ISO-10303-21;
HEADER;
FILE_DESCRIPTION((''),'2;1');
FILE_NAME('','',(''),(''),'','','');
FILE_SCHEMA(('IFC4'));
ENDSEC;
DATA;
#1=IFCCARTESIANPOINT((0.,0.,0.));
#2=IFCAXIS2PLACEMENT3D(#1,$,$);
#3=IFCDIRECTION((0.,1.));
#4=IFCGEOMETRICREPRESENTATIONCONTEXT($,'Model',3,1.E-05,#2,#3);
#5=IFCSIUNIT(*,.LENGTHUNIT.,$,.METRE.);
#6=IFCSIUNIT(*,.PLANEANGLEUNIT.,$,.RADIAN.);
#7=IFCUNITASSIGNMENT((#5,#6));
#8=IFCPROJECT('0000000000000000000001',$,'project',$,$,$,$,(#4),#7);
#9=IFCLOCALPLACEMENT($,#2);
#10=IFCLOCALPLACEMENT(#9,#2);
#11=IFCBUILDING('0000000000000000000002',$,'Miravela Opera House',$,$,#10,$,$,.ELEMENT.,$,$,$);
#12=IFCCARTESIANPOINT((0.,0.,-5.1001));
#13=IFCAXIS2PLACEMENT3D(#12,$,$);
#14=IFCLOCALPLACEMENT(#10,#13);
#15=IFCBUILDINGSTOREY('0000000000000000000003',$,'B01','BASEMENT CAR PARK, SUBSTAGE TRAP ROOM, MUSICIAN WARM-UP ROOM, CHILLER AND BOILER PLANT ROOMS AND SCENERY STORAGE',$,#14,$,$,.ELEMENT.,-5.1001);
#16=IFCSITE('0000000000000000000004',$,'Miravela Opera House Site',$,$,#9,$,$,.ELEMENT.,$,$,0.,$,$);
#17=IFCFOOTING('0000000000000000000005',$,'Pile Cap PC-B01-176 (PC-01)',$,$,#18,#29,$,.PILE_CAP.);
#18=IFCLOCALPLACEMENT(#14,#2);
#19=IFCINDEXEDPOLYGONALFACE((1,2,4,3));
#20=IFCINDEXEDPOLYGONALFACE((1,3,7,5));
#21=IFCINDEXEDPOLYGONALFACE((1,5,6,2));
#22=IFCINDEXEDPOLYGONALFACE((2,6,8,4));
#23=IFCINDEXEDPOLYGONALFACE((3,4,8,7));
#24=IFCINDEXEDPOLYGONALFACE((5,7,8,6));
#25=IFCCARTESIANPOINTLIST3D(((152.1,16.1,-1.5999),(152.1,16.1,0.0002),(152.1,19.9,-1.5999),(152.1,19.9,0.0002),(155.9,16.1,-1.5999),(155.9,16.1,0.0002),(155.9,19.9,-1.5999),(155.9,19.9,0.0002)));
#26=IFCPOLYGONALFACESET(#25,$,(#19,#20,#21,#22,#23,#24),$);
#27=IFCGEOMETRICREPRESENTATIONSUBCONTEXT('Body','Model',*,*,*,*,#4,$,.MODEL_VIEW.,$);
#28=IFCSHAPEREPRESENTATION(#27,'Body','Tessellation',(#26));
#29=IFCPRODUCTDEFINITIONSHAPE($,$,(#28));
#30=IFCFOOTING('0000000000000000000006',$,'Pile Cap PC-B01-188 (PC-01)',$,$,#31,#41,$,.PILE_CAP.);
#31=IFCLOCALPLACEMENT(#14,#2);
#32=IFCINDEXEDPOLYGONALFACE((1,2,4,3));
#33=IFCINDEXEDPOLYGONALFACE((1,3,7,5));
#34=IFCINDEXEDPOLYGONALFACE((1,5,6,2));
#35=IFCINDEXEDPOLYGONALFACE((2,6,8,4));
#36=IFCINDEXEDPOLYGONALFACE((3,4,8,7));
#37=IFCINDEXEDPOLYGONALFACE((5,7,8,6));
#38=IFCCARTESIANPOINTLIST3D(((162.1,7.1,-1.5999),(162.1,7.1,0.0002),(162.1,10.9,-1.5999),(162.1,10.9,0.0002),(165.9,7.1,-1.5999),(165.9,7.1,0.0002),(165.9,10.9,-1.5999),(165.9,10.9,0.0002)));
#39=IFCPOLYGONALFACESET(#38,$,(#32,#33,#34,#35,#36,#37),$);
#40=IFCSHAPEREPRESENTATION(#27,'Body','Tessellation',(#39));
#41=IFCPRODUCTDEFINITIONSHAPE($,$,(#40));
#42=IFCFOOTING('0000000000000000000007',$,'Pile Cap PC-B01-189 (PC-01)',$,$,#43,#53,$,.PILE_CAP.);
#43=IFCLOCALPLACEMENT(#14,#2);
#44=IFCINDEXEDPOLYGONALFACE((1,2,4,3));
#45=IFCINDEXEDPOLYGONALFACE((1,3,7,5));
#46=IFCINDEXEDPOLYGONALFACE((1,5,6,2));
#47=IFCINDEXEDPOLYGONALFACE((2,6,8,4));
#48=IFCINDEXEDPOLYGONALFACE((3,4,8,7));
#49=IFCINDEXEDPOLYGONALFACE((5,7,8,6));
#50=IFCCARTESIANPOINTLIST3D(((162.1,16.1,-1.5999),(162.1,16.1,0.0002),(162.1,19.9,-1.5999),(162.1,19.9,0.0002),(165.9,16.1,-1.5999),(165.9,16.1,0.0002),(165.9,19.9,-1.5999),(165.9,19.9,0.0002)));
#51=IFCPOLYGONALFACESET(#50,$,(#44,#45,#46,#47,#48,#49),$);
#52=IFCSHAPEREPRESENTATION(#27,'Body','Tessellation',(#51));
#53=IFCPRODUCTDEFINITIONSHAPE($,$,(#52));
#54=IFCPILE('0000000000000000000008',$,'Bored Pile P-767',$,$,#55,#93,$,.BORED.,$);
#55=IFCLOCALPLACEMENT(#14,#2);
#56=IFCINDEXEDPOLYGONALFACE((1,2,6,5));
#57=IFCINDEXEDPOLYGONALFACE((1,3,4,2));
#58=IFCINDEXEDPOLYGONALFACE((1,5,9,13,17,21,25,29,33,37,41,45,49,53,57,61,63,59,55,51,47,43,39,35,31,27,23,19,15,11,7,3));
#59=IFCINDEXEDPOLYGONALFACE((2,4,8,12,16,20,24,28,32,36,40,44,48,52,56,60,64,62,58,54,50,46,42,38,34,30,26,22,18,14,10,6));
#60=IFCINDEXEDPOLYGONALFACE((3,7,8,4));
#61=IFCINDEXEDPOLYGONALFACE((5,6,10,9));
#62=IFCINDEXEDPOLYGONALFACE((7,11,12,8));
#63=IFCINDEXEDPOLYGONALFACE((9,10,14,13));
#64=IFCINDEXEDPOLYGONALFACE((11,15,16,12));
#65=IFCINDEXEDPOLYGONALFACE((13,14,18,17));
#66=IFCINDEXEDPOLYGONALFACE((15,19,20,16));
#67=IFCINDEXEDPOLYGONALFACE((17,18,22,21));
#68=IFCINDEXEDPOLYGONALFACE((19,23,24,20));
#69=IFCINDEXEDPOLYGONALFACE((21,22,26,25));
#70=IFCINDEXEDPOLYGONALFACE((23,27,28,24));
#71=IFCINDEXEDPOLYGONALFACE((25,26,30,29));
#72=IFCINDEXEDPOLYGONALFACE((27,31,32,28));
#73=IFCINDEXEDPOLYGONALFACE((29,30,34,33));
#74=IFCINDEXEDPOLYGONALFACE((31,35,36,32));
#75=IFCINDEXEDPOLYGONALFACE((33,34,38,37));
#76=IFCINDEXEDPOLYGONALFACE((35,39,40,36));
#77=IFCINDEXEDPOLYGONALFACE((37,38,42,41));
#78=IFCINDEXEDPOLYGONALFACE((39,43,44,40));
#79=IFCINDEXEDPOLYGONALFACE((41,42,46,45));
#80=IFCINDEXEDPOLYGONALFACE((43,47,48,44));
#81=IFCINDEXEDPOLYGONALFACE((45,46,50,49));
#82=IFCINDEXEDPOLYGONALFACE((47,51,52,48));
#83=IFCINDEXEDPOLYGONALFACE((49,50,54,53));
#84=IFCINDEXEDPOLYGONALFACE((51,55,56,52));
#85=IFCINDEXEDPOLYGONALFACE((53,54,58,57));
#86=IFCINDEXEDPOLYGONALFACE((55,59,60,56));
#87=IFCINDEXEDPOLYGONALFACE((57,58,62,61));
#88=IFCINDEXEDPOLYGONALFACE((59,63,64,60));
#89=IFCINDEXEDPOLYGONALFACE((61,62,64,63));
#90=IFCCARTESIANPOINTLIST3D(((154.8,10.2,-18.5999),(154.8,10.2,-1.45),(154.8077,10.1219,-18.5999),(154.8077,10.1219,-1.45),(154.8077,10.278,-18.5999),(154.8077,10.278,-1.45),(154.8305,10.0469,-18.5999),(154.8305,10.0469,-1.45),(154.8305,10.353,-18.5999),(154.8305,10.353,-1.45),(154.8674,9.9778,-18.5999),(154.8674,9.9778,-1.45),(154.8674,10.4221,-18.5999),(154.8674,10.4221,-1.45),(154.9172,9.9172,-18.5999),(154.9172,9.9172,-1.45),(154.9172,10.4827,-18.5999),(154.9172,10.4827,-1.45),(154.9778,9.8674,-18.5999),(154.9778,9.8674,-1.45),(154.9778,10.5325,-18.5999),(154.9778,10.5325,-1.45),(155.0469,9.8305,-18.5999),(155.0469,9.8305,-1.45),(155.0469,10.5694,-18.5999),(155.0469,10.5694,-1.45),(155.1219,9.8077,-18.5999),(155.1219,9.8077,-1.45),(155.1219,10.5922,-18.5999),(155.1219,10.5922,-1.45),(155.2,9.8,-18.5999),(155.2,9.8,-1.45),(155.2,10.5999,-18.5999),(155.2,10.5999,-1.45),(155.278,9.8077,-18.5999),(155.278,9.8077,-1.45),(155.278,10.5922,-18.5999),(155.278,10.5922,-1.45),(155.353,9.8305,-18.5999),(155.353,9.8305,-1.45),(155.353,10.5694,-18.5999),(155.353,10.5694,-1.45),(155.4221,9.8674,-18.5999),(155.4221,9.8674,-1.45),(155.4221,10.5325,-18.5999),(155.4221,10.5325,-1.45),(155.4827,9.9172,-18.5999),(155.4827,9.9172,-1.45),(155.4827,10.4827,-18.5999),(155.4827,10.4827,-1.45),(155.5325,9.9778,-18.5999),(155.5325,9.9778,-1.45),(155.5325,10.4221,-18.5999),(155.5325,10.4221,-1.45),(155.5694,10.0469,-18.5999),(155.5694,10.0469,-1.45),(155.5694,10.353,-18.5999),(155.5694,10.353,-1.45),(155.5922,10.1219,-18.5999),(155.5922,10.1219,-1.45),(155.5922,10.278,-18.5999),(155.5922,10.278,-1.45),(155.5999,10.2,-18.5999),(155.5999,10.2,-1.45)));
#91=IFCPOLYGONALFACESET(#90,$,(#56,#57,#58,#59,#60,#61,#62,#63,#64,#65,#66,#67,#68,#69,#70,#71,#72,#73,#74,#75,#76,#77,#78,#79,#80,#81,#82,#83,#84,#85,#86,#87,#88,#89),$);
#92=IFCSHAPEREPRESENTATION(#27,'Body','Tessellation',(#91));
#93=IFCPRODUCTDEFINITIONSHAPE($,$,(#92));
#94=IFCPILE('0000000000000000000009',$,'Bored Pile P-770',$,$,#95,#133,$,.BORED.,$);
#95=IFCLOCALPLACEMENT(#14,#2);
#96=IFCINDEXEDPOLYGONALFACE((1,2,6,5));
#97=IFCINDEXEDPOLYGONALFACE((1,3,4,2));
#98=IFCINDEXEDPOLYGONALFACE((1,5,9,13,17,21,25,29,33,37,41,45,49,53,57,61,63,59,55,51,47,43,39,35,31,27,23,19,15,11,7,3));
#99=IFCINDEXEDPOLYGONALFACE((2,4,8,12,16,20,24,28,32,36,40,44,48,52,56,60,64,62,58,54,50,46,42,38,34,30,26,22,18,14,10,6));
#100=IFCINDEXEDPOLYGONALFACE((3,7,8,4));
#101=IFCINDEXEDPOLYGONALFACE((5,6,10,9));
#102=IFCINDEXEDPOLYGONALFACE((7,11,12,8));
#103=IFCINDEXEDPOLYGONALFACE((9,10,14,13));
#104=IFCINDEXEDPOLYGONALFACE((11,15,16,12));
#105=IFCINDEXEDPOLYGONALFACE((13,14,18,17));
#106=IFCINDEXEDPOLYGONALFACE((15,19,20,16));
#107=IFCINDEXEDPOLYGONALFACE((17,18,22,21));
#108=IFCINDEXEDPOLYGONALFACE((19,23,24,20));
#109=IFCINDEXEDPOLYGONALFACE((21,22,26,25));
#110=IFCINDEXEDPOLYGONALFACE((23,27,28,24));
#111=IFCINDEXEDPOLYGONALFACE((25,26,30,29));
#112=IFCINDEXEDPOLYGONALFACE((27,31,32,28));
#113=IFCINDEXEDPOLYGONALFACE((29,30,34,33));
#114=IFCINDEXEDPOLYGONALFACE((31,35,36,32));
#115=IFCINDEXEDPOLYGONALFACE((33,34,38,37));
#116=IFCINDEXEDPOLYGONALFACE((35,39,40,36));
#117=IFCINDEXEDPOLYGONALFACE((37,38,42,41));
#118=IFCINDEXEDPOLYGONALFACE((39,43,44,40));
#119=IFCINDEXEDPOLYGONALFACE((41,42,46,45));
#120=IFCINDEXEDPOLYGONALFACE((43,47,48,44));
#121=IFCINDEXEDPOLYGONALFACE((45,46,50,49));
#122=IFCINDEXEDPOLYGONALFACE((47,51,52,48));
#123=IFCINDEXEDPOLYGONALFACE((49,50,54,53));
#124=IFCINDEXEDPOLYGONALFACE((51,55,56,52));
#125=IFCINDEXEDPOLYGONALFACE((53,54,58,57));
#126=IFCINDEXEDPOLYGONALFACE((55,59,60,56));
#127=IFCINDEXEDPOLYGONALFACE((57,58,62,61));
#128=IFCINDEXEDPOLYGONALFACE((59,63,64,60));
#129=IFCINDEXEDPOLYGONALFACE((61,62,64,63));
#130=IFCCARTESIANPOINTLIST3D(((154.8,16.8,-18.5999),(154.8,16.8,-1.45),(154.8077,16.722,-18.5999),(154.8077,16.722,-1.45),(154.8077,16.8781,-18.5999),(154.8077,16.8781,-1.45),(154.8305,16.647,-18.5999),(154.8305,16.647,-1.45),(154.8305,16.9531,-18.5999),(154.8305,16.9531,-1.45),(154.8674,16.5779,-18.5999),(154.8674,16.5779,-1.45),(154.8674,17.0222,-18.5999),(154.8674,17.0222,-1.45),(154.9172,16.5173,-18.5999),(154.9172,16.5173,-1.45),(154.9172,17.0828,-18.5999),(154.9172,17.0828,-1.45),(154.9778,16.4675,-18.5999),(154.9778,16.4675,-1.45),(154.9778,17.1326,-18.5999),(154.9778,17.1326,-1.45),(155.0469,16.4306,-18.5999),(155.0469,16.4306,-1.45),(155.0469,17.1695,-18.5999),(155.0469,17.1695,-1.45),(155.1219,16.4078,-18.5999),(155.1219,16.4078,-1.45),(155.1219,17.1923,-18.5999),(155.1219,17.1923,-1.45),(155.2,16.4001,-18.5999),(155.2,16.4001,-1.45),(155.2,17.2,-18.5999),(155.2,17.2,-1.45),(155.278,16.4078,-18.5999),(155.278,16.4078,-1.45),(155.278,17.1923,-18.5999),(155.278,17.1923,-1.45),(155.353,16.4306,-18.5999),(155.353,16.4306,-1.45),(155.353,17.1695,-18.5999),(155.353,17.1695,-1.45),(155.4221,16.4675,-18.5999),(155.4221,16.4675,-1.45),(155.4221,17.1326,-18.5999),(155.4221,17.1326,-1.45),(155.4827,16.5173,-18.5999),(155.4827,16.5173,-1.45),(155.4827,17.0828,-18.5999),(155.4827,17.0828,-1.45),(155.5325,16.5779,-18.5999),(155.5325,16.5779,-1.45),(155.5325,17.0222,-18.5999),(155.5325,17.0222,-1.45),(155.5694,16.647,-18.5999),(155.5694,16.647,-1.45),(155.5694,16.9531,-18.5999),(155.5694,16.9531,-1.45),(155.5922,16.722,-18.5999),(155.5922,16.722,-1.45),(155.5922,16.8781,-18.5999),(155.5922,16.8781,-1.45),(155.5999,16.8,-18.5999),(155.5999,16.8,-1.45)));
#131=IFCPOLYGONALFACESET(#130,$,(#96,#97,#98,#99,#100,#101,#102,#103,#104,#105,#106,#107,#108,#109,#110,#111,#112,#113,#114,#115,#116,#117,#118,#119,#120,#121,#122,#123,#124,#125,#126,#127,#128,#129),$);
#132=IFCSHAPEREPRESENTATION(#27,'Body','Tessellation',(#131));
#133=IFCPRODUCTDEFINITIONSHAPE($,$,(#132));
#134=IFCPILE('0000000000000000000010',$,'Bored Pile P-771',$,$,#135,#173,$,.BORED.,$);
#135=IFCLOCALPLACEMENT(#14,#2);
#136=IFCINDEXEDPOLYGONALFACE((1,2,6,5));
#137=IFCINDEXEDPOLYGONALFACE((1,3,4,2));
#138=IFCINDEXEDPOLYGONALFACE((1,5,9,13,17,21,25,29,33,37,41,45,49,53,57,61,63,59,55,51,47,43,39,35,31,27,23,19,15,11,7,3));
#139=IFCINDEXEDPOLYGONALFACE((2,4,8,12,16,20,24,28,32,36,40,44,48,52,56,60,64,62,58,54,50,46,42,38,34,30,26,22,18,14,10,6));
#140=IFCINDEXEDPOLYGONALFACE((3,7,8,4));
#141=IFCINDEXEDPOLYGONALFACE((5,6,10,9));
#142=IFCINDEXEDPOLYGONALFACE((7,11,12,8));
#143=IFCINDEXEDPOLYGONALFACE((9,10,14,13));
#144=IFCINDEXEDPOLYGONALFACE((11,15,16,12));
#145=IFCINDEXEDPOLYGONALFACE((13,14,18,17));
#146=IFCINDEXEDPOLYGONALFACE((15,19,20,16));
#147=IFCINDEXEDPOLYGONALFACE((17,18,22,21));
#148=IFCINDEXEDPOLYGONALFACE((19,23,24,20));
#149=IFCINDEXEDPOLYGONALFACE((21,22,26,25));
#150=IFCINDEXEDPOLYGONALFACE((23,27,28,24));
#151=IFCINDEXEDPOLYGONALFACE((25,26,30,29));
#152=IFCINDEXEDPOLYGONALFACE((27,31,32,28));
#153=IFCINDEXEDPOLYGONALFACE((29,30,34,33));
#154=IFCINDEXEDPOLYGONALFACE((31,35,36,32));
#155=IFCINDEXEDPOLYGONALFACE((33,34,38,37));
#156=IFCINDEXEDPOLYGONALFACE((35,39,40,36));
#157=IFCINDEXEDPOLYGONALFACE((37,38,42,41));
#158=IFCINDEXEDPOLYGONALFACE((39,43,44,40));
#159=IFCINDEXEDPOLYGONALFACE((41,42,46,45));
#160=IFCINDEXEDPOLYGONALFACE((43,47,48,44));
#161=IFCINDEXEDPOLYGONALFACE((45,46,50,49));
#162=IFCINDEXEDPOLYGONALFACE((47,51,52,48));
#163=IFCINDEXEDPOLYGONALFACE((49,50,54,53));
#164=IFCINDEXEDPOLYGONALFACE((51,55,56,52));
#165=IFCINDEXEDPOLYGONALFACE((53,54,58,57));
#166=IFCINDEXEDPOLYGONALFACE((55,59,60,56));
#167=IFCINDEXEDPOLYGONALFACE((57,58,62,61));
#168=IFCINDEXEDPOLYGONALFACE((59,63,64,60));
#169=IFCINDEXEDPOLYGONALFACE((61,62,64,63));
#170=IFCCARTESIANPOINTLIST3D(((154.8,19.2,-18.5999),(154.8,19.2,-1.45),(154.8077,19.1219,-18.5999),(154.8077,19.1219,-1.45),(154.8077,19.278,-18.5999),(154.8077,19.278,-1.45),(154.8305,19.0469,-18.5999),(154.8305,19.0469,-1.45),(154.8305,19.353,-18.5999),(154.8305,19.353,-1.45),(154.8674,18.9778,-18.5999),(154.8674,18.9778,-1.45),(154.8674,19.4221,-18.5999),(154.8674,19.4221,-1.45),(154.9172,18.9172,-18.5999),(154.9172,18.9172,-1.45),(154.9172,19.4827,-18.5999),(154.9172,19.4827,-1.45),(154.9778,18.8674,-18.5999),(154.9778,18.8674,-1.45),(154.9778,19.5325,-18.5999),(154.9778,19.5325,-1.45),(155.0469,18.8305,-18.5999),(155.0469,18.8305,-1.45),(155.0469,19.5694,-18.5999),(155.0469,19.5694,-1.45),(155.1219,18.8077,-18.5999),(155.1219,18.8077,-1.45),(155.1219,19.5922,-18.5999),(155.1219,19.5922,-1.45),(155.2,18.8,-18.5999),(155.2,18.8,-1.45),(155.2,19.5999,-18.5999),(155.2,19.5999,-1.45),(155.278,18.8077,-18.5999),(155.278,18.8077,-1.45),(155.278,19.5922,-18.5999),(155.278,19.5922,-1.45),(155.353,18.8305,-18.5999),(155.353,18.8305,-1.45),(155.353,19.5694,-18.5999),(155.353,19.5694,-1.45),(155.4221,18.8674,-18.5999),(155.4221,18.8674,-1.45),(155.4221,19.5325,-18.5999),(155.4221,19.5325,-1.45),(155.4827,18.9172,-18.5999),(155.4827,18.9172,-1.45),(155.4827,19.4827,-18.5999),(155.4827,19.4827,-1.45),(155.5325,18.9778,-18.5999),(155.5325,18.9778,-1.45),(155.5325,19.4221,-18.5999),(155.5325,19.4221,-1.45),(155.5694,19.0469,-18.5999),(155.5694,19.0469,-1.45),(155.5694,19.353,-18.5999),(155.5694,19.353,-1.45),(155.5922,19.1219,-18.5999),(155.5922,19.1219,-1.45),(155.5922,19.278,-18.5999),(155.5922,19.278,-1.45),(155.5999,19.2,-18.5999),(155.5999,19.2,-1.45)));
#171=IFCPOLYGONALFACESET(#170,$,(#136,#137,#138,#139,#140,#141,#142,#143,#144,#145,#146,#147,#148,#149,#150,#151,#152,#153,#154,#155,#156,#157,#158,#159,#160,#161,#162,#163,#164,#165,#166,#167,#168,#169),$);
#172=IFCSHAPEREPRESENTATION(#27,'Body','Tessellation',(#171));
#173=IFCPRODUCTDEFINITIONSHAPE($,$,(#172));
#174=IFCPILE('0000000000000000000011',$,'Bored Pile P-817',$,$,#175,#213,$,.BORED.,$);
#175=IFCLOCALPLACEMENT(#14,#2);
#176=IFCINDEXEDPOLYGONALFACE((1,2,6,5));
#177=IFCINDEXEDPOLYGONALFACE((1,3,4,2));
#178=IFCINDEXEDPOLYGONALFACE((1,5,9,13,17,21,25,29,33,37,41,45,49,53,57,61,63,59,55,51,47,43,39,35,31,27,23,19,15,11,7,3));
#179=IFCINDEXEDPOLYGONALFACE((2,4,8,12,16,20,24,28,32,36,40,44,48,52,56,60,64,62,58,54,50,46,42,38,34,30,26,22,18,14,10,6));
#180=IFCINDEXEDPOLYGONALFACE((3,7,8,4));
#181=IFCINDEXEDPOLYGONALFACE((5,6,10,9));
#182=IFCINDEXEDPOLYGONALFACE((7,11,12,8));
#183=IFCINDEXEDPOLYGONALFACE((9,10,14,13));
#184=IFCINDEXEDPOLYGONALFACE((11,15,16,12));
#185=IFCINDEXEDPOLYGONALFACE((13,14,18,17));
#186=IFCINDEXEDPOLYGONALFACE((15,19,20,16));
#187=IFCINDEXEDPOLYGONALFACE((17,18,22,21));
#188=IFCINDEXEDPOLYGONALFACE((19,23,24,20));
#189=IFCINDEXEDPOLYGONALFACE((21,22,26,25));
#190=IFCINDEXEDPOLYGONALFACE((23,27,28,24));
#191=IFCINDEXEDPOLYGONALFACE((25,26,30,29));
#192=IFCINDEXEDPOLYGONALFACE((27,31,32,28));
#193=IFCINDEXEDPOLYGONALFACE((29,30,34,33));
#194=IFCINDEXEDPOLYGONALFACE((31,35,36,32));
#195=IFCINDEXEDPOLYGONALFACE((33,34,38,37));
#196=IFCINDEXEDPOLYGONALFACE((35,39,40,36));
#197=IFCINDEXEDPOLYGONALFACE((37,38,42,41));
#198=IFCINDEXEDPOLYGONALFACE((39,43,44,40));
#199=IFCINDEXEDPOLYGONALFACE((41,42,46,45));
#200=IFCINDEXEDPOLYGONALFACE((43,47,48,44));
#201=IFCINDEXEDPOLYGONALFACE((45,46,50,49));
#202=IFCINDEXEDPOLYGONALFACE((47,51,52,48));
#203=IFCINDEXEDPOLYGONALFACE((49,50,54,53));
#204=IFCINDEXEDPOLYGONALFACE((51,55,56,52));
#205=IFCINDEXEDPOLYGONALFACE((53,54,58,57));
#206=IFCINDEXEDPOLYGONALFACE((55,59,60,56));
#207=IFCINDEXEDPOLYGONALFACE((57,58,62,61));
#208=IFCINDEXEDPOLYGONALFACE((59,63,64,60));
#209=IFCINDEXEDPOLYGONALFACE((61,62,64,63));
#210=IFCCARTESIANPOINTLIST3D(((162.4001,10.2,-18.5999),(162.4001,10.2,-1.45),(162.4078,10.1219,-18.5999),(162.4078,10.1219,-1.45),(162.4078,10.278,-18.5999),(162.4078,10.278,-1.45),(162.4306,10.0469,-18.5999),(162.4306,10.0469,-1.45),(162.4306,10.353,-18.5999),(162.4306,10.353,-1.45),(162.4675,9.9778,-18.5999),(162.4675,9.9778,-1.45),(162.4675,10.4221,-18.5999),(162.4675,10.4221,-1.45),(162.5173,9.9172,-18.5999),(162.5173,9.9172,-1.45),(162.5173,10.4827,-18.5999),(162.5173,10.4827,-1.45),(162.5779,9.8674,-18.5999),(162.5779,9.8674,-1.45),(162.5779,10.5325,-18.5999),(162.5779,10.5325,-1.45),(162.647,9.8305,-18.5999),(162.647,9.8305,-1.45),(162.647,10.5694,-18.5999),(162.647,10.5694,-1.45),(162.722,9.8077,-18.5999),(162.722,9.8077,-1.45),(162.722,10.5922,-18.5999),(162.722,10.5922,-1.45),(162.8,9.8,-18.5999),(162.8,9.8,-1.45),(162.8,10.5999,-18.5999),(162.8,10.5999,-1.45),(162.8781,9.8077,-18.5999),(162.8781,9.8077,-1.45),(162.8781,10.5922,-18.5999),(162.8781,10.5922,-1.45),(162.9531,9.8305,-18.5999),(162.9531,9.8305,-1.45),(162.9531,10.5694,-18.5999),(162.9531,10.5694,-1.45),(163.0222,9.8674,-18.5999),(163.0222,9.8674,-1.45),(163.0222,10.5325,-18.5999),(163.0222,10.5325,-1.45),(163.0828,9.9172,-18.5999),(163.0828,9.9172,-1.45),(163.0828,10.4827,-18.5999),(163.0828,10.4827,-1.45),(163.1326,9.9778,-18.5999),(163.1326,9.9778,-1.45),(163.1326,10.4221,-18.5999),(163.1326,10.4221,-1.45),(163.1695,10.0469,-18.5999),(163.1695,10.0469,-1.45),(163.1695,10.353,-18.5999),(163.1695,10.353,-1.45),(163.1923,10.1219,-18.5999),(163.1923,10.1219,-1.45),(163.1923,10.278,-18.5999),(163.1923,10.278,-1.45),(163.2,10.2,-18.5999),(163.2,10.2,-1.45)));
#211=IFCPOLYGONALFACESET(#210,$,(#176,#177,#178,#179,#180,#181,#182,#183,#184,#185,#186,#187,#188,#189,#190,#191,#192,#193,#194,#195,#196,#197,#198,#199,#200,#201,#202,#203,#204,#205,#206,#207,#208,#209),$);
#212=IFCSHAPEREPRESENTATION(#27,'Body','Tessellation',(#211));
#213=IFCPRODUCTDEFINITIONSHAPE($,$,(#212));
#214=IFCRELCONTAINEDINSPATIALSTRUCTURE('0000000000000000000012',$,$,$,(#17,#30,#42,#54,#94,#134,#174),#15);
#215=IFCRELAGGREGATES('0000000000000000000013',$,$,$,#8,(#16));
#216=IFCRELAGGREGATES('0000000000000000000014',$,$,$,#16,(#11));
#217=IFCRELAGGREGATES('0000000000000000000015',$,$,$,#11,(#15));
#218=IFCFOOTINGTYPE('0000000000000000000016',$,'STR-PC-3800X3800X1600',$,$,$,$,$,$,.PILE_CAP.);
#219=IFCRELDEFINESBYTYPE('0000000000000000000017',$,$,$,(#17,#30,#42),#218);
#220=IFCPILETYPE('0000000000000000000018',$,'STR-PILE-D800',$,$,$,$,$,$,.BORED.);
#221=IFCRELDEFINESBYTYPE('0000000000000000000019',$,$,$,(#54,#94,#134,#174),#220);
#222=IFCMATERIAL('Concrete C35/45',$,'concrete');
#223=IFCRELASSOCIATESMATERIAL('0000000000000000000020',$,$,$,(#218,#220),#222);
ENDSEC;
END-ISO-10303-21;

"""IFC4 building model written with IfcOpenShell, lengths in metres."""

from ifc_helpers import new_model, si_unit, direction, frame, origin, origin_2d, place, context, subcontext, project, spatial, rectangle, circle, extrude, material, material_profile, profile_set, type_object, element, save


model = new_model("IFC4")

# Units and contexts
model_context = context("Model", 3, precision=1e-05, world=origin(), true_north=direction((0.0, 1.0)))
body_context = subcontext(model_context, "Body", "Model", "MODEL_VIEW")
ifc_project = project(units=[si_unit("LENGTHUNIT", "METRE"), si_unit("PLANEANGLEUNIT", "RADIAN")], contexts=[model_context])

# Site, building, storey
site_placement = place(None, origin())
site = spatial("IfcSite", under=ifc_project, at=site_placement, Name="Miravela Opera House Site", CompositionType="ELEMENT", RefElevation=0.0)
building_placement = place(site_placement, origin())
building = spatial("IfcBuilding", under=site, at=building_placement, Name="Miravela Opera House", CompositionType="ELEMENT")
storey_placement = place(building_placement, frame((0.0, 0.0, -5.1001)))
storey = spatial("IfcBuildingStorey", under=building, at=storey_placement, Name="B01", Description="BASEMENT CAR PARK, SUBSTAGE TRAP ROOM, MUSICIAN WARM-UP ROOM, CHILLER AND BOILER PLANT ROOMS AND SCENERY STORAGE", CompositionType="ELEMENT", Elevation=-5.1001)

# Footings
ifc_material_1 = material(Name="Concrete C35/45", Category="concrete")
footing_type = type_object("IfcFootingType", Name="STR-PC-3800X3800X1600", PredefinedType="PILE_CAP", material=ifc_material_1)
for number, where, z_axis, x_axis, name in (
    (1, (154.0, 18.0, -1.5999), (0.0, 0.0, 1.0), (1.0, 0.0, 0.0), "Pile Cap PC-B01-176 (PC-01)"),
    (2, (164.0, 9.0, -1.5999), (0.0, 0.0, 1.0), (1.0, 0.0, 0.0), "Pile Cap PC-B01-188 (PC-01)"),
    (3, (164.0, 18.0, -1.5999), (0.0, 0.0, 1.0), (1.0, 0.0, 0.0), "Pile Cap PC-B01-189 (PC-01)"),
):
    element("IfcFooting", number, at=place(storey_placement, frame(where, z_axis=z_axis, x_axis=x_axis)), inside=storey, type_object=footing_type, Name=name, PredefinedType="PILE_CAP", context=body_context, shape_type="SweptSolid", body=[
        extrude(rectangle(XDim=3.8, YDim=3.8, at=origin_2d()), origin(), (0.0, 0.0, 1.0), 1.6001),
    ])

# Piles
ifc_material_profile_1 = material_profile(ifc_material_1, circle(Radius=0.3999, at=origin_2d()), Name="PILE-D800")
ifc_profile_set_1 = profile_set([ifc_material_profile_1])
pile_type = type_object("IfcPileType", Name="STR-PILE-D800", PredefinedType="BORED", material=ifc_profile_set_1)
for number, where, z_axis, x_axis, name in (
    (4, (155.2, 10.2, -1.45), (0.0, 0.0, -1.0), (1.0, 0.0, 0.0), "Bored Pile P-767"),
    (5, (155.2, 16.8, -1.45), (0.0, 0.0, -1.0), (1.0, 0.0, 0.0), "Bored Pile P-770"),
    (6, (155.2, 19.2, -1.45), (0.0, 0.0, -1.0), (1.0, 0.0, 0.0), "Bored Pile P-771"),
    (7, (162.8, 10.2, -1.45), (0.0, 0.0, -1.0), (1.0, 0.0, 0.0), "Bored Pile P-817"),
):
    element("IfcPile", number, at=place(storey_placement, frame(where, z_axis=z_axis, x_axis=x_axis)), inside=storey, type_object=pile_type, Name=name, PredefinedType="BORED", context=body_context, shape_type="SweptSolid", body=[
        extrude(circle(Radius=0.3999, at=origin_2d()), origin(), (0.0, 0.0, 1.0), 17.1499),
    ])

save(model, "model.ifc")
